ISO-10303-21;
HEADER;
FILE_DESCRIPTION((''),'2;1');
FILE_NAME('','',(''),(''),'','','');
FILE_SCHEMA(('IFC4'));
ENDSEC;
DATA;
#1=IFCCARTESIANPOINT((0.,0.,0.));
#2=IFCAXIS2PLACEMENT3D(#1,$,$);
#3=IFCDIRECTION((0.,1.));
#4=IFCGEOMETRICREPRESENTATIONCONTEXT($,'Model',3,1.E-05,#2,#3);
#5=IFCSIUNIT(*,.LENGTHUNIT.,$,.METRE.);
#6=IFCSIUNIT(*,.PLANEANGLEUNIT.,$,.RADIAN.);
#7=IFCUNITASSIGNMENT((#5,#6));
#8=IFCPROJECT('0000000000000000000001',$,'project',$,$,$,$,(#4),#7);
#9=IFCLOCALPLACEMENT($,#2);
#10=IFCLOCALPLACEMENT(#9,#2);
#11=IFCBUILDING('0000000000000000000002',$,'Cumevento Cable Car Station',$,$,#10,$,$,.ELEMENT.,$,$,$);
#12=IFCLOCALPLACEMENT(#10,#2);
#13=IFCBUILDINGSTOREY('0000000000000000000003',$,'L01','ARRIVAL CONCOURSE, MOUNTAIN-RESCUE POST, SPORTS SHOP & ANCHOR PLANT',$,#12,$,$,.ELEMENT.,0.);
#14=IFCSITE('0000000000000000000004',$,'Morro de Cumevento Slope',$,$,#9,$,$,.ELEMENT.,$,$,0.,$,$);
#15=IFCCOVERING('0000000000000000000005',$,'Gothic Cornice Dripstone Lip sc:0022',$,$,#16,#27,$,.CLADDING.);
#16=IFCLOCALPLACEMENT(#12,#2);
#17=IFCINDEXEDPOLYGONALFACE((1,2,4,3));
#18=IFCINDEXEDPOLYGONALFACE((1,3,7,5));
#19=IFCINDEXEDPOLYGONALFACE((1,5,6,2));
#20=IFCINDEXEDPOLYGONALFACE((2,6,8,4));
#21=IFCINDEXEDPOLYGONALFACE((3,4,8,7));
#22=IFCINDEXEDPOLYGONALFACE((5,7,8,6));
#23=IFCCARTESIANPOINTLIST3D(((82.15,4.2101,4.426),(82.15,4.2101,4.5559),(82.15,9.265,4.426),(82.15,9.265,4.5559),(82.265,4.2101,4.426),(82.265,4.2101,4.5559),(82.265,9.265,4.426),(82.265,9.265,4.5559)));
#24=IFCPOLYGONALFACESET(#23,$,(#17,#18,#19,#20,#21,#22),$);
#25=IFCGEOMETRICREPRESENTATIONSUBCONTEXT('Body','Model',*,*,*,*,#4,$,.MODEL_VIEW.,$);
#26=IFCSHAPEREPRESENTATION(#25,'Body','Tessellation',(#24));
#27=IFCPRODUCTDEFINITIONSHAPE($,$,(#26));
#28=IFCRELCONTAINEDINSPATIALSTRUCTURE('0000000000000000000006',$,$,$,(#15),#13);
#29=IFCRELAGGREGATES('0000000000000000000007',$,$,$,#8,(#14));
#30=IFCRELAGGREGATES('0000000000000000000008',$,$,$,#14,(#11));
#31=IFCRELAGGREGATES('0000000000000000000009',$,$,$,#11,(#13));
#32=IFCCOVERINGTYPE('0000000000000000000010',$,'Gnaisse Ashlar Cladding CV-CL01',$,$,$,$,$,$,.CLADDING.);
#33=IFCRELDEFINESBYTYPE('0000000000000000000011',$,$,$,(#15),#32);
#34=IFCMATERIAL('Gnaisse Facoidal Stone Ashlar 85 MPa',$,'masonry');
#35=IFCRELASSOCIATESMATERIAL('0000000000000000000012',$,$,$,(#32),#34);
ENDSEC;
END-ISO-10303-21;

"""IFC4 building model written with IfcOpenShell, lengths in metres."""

from ifc_helpers import new_model, si_unit, direction, frame, origin, origin_2d, place, context, subcontext, project, spatial, rectangle, extrude, material, type_object, element, save


model = new_model("IFC4")

# Units and contexts
model_context = context("Model", 3, precision=1e-05, world=origin(), true_north=direction((0.0, 1.0)))
body_context = subcontext(model_context, "Body", "Model", "MODEL_VIEW")
ifc_project = project(units=[si_unit("LENGTHUNIT", "METRE"), si_unit("PLANEANGLEUNIT", "RADIAN")], contexts=[model_context])

# Site, building, storey
site_placement = place(None, origin())
site = spatial("IfcSite", under=ifc_project, at=site_placement, Name="Morro de Cumevento Slope", CompositionType="ELEMENT", RefElevation=0.0)
building_placement = place(site_placement, origin())
building = spatial("IfcBuilding", under=site, at=building_placement, Name="Cumevento Cable Car Station", CompositionType="ELEMENT")
storey_placement = place(building_placement, origin())
storey = spatial("IfcBuildingStorey", under=building, at=storey_placement, Name="L01", Description="ARRIVAL CONCOURSE, MOUNTAIN-RESCUE POST, SPORTS SHOP & ANCHOR PLANT", CompositionType="ELEMENT", Elevation=0.0)

# Covering
ifc_material_1 = material(Name="Gnaisse Facoidal Stone Ashlar 85 MPa", Category="masonry")
covering_type = type_object("IfcCoveringType", Name="Gnaisse Ashlar Cladding CV-CL01", PredefinedType="CLADDING", material=ifc_material_1)
covering_1_placement = place(storey_placement, frame((82.2075, 6.7375, 4.426), z_axis=(0.0, 0.0, 1.0), x_axis=(0.0, -1.0, 0.0)))
element("IfcCovering", 1, at=covering_1_placement, inside=storey, type_object=covering_type, Name="Gothic Cornice Dripstone Lip sc:0022", PredefinedType="CLADDING", context=body_context, shape_type="SweptSolid", body=[
    extrude(rectangle(XDim=5.0549, YDim=0.115, at=origin_2d()), origin(), (0.0, 0.0, 1.0), 0.1299),
])

save(model, "model.ifc")
